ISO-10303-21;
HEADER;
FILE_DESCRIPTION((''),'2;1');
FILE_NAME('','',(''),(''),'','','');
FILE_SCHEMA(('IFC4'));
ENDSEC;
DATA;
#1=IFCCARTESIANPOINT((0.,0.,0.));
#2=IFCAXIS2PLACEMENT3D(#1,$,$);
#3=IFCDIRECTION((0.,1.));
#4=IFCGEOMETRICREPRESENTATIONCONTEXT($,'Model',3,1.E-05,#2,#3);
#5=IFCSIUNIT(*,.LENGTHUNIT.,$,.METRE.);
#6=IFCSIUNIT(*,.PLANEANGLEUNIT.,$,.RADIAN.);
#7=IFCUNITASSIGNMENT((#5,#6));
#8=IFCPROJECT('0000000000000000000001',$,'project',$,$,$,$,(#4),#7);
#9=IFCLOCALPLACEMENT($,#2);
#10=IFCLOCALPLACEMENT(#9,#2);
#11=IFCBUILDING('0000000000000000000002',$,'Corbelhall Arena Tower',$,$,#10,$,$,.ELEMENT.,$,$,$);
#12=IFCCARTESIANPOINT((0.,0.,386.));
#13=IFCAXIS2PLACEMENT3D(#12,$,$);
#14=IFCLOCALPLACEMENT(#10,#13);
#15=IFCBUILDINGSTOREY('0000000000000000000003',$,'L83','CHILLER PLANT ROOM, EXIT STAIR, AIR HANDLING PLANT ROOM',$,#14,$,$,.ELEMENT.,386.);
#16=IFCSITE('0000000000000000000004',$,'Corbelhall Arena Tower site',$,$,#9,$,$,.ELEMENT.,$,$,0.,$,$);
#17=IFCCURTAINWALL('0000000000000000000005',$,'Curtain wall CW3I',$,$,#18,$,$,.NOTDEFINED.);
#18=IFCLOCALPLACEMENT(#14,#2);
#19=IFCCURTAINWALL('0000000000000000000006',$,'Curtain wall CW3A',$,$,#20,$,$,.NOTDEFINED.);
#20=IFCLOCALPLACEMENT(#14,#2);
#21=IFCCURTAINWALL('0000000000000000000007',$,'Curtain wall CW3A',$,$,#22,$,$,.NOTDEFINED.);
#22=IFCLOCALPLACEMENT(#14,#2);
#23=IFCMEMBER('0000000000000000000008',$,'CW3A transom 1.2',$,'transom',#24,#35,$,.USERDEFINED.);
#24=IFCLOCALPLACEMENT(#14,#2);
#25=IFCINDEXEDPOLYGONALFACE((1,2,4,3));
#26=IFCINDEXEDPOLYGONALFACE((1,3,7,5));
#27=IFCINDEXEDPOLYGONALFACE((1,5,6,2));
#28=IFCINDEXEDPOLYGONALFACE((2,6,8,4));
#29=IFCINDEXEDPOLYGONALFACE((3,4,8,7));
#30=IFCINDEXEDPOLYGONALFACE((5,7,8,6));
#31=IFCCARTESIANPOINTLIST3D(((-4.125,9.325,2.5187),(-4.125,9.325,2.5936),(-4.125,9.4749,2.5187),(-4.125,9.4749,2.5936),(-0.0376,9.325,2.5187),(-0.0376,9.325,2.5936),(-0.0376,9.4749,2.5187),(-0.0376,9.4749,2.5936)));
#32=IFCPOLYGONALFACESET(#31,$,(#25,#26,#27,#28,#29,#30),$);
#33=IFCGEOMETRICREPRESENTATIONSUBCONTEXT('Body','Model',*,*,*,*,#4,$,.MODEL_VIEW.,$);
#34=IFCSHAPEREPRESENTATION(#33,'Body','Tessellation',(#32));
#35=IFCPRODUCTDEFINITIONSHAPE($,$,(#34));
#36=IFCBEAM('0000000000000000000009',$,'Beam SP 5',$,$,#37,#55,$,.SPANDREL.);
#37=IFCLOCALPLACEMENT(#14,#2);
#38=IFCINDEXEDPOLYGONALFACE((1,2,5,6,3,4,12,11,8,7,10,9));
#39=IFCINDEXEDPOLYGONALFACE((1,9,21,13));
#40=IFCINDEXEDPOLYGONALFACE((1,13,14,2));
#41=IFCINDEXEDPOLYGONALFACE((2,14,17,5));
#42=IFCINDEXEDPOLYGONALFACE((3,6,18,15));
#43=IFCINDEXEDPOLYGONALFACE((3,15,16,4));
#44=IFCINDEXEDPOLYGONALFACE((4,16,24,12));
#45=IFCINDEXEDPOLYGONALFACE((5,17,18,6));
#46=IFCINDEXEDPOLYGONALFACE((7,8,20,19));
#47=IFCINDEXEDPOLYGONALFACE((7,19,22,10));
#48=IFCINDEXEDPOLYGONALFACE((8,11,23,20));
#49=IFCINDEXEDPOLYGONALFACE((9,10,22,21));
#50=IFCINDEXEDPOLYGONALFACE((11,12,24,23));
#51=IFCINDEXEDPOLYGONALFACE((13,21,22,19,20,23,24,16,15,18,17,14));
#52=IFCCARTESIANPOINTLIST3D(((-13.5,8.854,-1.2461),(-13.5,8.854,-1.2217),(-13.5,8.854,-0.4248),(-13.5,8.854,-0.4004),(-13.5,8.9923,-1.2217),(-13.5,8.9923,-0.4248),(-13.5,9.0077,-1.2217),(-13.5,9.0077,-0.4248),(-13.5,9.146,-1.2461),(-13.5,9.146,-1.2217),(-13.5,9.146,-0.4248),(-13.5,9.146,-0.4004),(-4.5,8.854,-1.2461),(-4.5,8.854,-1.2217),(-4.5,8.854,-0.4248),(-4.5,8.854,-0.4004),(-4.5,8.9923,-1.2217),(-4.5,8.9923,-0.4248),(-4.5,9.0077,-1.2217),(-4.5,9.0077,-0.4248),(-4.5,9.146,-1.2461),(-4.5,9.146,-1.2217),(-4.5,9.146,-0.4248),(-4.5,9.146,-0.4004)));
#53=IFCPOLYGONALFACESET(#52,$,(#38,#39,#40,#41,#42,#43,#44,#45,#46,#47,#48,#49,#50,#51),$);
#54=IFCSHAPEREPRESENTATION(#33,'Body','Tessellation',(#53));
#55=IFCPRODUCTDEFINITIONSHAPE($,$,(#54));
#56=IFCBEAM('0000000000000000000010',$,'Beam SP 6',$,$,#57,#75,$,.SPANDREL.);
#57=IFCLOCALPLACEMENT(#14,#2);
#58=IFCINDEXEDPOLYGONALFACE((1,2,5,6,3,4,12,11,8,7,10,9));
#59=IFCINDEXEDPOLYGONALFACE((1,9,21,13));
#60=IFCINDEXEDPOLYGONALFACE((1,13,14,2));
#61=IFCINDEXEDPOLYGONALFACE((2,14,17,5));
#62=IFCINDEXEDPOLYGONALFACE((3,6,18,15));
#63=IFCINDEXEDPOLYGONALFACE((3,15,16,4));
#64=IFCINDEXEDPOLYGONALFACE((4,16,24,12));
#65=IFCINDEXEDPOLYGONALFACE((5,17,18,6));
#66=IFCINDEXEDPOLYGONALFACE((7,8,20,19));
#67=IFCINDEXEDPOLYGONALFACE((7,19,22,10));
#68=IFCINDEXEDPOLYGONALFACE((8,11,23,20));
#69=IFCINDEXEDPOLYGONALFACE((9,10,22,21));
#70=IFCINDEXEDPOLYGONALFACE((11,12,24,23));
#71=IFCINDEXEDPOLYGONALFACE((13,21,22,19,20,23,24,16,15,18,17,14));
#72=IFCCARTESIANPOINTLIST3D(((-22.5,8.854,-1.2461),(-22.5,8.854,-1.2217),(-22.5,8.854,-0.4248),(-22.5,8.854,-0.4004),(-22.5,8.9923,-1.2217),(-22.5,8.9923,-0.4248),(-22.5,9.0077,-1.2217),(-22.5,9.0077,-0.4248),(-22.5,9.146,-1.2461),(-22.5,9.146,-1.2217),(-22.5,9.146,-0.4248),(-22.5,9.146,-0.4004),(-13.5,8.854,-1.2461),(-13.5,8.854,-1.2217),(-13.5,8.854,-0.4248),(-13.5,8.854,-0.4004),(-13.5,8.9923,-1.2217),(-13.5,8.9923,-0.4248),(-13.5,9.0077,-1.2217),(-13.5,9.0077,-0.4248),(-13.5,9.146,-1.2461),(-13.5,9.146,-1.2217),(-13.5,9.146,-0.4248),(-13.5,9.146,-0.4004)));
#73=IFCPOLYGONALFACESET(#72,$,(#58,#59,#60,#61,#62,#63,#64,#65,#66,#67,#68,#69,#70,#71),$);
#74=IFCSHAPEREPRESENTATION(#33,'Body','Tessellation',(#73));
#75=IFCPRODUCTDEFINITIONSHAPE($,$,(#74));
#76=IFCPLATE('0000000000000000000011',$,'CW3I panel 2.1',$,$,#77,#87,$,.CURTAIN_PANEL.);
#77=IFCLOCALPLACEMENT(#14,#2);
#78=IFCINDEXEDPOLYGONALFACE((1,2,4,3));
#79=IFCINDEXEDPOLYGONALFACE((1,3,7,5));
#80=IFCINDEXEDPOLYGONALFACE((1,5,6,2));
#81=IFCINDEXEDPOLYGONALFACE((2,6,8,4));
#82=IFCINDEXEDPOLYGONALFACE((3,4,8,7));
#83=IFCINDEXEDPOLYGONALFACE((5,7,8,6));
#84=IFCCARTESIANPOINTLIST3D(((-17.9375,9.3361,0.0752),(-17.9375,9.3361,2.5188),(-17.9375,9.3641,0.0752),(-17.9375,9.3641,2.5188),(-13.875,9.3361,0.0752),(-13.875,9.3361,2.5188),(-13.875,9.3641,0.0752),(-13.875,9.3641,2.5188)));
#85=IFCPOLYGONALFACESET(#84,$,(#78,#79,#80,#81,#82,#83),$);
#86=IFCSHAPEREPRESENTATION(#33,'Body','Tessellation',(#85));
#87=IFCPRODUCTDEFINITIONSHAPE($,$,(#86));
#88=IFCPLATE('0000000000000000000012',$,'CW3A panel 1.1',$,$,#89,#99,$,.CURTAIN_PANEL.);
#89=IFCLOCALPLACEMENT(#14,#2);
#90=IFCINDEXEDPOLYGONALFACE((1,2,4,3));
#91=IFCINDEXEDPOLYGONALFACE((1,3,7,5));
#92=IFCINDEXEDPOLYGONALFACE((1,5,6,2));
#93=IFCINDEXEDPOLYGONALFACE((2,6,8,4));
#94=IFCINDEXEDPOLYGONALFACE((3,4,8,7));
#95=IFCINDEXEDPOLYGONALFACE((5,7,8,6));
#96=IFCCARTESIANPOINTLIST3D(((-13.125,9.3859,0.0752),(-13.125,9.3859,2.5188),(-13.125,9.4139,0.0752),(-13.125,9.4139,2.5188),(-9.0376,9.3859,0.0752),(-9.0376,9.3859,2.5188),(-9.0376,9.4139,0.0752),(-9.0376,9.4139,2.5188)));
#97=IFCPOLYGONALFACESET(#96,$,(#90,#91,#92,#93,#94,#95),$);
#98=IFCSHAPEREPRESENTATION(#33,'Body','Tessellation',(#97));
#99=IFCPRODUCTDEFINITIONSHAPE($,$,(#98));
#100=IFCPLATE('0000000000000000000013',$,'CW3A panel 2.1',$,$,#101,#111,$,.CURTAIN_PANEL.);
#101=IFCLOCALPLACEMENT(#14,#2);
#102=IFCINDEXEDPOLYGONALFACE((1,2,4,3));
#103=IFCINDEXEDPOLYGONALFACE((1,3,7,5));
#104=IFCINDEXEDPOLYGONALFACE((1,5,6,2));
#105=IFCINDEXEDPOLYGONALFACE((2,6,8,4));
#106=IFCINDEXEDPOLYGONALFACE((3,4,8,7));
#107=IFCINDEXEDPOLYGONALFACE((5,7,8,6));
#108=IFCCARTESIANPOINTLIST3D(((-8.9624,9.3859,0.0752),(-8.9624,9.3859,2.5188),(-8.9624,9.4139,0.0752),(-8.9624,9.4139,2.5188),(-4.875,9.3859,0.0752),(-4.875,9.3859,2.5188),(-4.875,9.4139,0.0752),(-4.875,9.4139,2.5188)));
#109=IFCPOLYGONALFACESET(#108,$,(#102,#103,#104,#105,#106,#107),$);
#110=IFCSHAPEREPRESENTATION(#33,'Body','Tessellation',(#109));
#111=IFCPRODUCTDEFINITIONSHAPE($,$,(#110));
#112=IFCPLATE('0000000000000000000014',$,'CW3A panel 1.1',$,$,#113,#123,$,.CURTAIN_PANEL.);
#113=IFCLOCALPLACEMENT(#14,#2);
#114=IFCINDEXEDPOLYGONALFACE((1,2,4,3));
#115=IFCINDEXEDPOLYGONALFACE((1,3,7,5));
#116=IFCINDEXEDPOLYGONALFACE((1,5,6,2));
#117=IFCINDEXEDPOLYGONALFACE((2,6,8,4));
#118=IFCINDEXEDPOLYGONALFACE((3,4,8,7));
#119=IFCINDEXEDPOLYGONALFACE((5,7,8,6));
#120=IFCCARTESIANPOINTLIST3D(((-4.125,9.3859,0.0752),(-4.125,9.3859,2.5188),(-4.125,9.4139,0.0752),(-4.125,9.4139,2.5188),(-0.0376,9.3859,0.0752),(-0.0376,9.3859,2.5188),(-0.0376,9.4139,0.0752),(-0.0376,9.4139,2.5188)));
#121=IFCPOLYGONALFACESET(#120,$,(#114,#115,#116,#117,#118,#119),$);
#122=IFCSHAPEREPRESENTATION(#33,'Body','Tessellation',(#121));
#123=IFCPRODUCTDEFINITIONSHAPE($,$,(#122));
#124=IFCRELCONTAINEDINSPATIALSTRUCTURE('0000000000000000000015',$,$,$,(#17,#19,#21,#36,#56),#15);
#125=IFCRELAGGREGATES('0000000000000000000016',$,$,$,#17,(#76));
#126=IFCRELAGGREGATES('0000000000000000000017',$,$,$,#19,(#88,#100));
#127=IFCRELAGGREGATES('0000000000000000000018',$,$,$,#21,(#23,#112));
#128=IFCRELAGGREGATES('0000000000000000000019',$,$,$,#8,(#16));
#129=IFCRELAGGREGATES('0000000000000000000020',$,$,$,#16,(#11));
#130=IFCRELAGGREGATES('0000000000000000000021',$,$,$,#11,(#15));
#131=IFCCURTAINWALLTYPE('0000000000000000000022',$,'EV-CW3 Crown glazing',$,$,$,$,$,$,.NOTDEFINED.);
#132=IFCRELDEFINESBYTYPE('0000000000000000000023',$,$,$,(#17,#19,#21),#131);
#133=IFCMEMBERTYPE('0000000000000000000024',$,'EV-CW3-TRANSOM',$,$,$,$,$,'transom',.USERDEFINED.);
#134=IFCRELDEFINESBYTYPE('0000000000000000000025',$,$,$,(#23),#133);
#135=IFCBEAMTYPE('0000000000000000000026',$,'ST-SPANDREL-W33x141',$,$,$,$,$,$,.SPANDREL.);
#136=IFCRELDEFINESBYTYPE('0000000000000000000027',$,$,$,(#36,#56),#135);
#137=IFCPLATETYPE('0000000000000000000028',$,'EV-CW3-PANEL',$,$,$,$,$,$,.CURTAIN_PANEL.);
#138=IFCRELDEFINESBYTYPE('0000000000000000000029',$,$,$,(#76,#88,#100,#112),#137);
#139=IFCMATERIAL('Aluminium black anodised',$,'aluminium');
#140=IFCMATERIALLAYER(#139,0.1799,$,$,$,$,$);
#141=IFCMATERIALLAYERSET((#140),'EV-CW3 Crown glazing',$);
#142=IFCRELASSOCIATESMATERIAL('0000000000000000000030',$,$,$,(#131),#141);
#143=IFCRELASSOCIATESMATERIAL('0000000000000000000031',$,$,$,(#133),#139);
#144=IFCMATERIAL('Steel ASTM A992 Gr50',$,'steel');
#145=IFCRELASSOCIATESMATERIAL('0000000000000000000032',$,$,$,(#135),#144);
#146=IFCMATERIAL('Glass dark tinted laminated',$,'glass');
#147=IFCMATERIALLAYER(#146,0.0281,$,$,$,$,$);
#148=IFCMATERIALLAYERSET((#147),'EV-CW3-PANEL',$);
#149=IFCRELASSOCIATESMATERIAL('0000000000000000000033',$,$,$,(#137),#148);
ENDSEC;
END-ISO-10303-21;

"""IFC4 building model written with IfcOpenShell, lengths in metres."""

from ifc_helpers import new_model, si_unit, direction, frame, origin, origin_2d, place, context, subcontext, project, spatial, rectangle, i_section, extrude, material, layer, layer_set, material_profile, profile_set, type_object, element, aggregate, save


model = new_model("IFC4")

# Units and contexts
model_context = context("Model", 3, precision=1e-05, world=origin(), true_north=direction((0.0, 1.0)))
body_context = subcontext(model_context, "Body", "Model", "MODEL_VIEW")
ifc_project = project(units=[si_unit("LENGTHUNIT", "METRE"), si_unit("PLANEANGLEUNIT", "RADIAN")], contexts=[model_context])

# Site, building, storey
site_placement = place(None, origin())
site = spatial("IfcSite", under=ifc_project, at=site_placement, Name="Corbelhall Arena Tower site", CompositionType="ELEMENT", RefElevation=0.0)
building_placement = place(site_placement, origin())
building = spatial("IfcBuilding", under=site, at=building_placement, Name="Corbelhall Arena Tower", CompositionType="ELEMENT")
storey_placement = place(building_placement, frame((0.0, 0.0, 386.0)))
storey = spatial("IfcBuildingStorey", under=building, at=storey_placement, Name="L83", Description="CHILLER PLANT ROOM, EXIT STAIR, AIR HANDLING PLANT ROOM", CompositionType="ELEMENT", Elevation=386.0)

# Curtain walls
ifc_material_1 = material(Name="Aluminium black anodised", Category="aluminium")
ifc_layer_1 = layer(ifc_material_1, 0.1799)
ifc_layer_set_1 = layer_set([ifc_layer_1], Name="EV-CW3 Crown glazing")
curtain_wall_type = type_object("IfcCurtainWallType", Name="EV-CW3 Crown glazing", PredefinedType="NOTDEFINED", material=ifc_layer_set_1)
curtain_wall_1_placement = place(storey_placement, origin())
curtain_wall_1 = element("IfcCurtainWall", 1, at=curtain_wall_1_placement, inside=storey, type_object=curtain_wall_type, Name="Curtain wall CW3I", PredefinedType="NOTDEFINED")
curtain_wall_2_placement = place(storey_placement, origin())
curtain_wall_2 = element("IfcCurtainWall", 2, at=curtain_wall_2_placement, inside=storey, type_object=curtain_wall_type, Name="Curtain wall CW3A", PredefinedType="NOTDEFINED")

# Curtain wall
curtain_wall_3_placement = place(storey_placement, origin())
curtain_wall_3 = element("IfcCurtainWall", 3, at=curtain_wall_3_placement, inside=storey, type_object=curtain_wall_type, Name="Curtain wall CW3A", PredefinedType="NOTDEFINED")

# Member
ifc_material_profile_1 = material_profile(ifc_material_1, rectangle(XDim=0.1499, YDim=0.075, at=origin_2d()))
ifc_profile_set_1 = profile_set([ifc_material_profile_1], Name="Aluminium black anodised")
member_type_1 = type_object("IfcMemberType", Name="EV-CW3-TRANSOM", ElementType="transom", PredefinedType="USERDEFINED", material=ifc_profile_set_1)
member_1_placement = place(storey_placement, frame((-4.125, 9.3999, 2.5562), z_axis=(1.0, 0.0, 0.0), x_axis=(0.0, 1.0, 0.0)))
member_1 = element("IfcMember", 4, at=member_1_placement, type_object=member_type_1, Name="CW3A transom 1.2", ObjectType="transom", PredefinedType="USERDEFINED", context=body_context, shape_type="SweptSolid", body=[
    extrude(rectangle(XDim=0.1499, YDim=0.075, at=origin_2d()), origin(), (0.0, 0.0, 1.0), 4.0874),
])

# Beams
ifc_material_2 = material(Name="Steel ASTM A992 Gr50", Category="steel")
ifc_material_profile_2 = material_profile(ifc_material_2, i_section(OverallWidth=0.292, OverallDepth=0.8457, WebThickness=0.0154, FlangeThickness=0.0244, at=origin_2d()))
ifc_profile_set_2 = profile_set([ifc_material_profile_2], Name="Steel ASTM A992 Gr50")
beam_type = type_object("IfcBeamType", Name="ST-SPANDREL-W33x141", PredefinedType="SPANDREL", material=ifc_profile_set_2)
for number, where, z_axis, x_axis, name in (
    (5, (-4.5, 9.0, -0.8232), (-1.0, 0.0, 0.0), (0.0, -1.0, 0.0), "Beam SP 5"),
    (6, (-13.5, 9.0, -0.8232), (-1.0, 0.0, 0.0), (0.0, -1.0, 0.0), "Beam SP 6"),
):
    element("IfcBeam", number, at=place(storey_placement, frame(where, z_axis=z_axis, x_axis=x_axis)), inside=storey, type_object=beam_type, Name=name, PredefinedType="SPANDREL", context=body_context, shape_type="SweptSolid", body=[
        extrude(i_section(OverallWidth=0.292, OverallDepth=0.8457, WebThickness=0.0154, FlangeThickness=0.0244, at=origin_2d()), origin(), (0.0, 0.0, 1.0), 9.0),
    ])

# Plates
ifc_material_3 = material(Name="Glass dark tinted laminated", Category="glass")
ifc_layer_2 = layer(ifc_material_3, 0.0281)
ifc_layer_set_2 = layer_set([ifc_layer_2], Name="EV-CW3-PANEL")
plate_type = type_object("IfcPlateType", Name="EV-CW3-PANEL", PredefinedType="CURTAIN_PANEL", material=ifc_layer_set_2)
plate_1_placement = place(storey_placement, frame((-15.9062, 9.3501, 0.0752), z_axis=(0.0, 0.0, 1.0), x_axis=(1.0, 0.0, 0.0)))
plate_1 = element("IfcPlate", 7, at=plate_1_placement, type_object=plate_type, Name="CW3I panel 2.1", PredefinedType="CURTAIN_PANEL", context=body_context, shape_type="SweptSolid", body=[
    extrude(rectangle(XDim=4.0625, YDim=0.0281, at=origin_2d()), origin(), (0.0, 0.0, 1.0), 2.4436),
])
aggregate(curtain_wall_1, [plate_1])
plate_2_placement = place(storey_placement, frame((-11.0813, 9.3999, 0.0752), z_axis=(0.0, 0.0, 1.0), x_axis=(1.0, 0.0, 0.0)))
plate_2 = element("IfcPlate", 8, at=plate_2_placement, type_object=plate_type, Name="CW3A panel 1.1", PredefinedType="CURTAIN_PANEL", context=body_context, shape_type="SweptSolid", body=[
    extrude(rectangle(XDim=4.0874, YDim=0.0281, at=origin_2d()), origin(), (0.0, 0.0, 1.0), 2.4436),
])
plate_3_placement = place(storey_placement, frame((-6.9187, 9.3999, 0.0752), z_axis=(0.0, 0.0, 1.0), x_axis=(1.0, 0.0, 0.0)))
plate_3 = element("IfcPlate", 9, at=plate_3_placement, type_object=plate_type, Name="CW3A panel 2.1", PredefinedType="CURTAIN_PANEL", context=body_context, shape_type="SweptSolid", body=[
    extrude(rectangle(XDim=4.0874, YDim=0.0281, at=origin_2d()), origin(), (0.0, 0.0, 1.0), 2.4436),
])
aggregate(curtain_wall_2, [plate_2, plate_3])
plate_4_placement = place(storey_placement, frame((-2.0813, 9.3999, 0.0752), z_axis=(0.0, 0.0, 1.0), x_axis=(1.0, 0.0, 0.0)))
plate_4 = element("IfcPlate", 10, at=plate_4_placement, type_object=plate_type, Name="CW3A panel 1.1", PredefinedType="CURTAIN_PANEL", context=body_context, shape_type="SweptSolid", body=[
    extrude(rectangle(XDim=4.0874, YDim=0.0281, at=origin_2d()), origin(), (0.0, 0.0, 1.0), 2.4436),
])
aggregate(curtain_wall_3, [member_1, plate_4])

save(model, "model.ifc")
